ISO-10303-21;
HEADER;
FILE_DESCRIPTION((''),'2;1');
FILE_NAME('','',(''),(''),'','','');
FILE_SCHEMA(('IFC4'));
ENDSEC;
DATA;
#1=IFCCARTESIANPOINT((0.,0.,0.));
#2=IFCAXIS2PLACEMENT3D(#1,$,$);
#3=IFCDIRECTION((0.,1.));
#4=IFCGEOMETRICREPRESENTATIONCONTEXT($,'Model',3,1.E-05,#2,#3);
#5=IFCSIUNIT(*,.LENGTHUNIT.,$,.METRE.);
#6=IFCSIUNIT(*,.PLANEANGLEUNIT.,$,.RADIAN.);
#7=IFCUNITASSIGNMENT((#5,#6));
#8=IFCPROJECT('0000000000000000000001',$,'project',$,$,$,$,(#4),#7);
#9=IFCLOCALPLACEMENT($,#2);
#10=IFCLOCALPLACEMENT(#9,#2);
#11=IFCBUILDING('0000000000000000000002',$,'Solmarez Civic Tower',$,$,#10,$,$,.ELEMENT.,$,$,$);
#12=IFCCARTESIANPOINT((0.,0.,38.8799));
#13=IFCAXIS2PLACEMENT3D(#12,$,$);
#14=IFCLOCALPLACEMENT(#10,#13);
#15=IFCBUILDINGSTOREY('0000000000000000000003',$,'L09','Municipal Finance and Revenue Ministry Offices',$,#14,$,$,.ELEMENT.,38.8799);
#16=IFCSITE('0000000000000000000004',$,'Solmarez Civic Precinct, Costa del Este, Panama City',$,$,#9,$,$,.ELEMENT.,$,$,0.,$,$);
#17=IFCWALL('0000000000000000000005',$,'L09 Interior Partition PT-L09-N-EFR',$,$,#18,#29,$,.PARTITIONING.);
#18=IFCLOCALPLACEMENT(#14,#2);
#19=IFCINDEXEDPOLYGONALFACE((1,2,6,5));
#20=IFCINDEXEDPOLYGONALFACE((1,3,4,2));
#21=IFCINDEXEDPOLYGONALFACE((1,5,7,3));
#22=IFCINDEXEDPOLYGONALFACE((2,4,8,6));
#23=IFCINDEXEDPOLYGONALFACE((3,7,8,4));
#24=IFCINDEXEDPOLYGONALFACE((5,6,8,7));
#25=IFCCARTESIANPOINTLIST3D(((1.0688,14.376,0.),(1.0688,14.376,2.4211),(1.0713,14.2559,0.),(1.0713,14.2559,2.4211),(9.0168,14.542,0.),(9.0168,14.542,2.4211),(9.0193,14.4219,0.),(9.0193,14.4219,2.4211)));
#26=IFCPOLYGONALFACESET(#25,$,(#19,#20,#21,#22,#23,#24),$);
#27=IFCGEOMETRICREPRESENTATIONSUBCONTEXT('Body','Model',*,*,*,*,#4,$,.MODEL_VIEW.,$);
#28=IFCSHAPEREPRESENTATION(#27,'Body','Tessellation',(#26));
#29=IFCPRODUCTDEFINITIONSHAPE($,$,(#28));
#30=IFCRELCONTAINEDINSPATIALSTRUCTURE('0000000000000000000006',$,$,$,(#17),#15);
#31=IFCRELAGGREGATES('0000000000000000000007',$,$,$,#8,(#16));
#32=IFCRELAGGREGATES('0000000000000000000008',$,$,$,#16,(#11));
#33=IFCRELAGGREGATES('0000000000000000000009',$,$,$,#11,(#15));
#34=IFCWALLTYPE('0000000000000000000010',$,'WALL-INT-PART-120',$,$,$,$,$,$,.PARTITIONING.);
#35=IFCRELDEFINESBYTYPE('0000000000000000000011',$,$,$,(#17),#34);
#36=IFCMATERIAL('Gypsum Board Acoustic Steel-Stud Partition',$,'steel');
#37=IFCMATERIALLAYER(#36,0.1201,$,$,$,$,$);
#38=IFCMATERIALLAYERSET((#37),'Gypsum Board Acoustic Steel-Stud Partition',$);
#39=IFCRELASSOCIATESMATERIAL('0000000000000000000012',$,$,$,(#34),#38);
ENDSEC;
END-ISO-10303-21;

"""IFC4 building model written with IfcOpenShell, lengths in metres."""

from ifc_helpers import new_model, si_unit, direction, frame, frame_2d, origin, place, context, subcontext, project, spatial, rectangle, extrude, material, layer, layer_set, type_object, element, save


model = new_model("IFC4")

# Units and contexts
model_context = context("Model", 3, precision=1e-05, world=origin(), true_north=direction((0.0, 1.0)))
body_context = subcontext(model_context, "Body", "Model", "MODEL_VIEW")
ifc_project = project(units=[si_unit("LENGTHUNIT", "METRE"), si_unit("PLANEANGLEUNIT", "RADIAN")], contexts=[model_context])

# Site, building, storey
site_placement = place(None, origin())
site = spatial("IfcSite", under=ifc_project, at=site_placement, Name="Solmarez Civic Precinct, Costa del Este, Panama City", CompositionType="ELEMENT", RefElevation=0.0)
building_placement = place(site_placement, origin())
building = spatial("IfcBuilding", under=site, at=building_placement, Name="Solmarez Civic Tower", CompositionType="ELEMENT")
storey_placement = place(building_placement, frame((0.0, 0.0, 38.8799)))
storey = spatial("IfcBuildingStorey", under=building, at=storey_placement, Name="L09", Description="Municipal Finance and Revenue Ministry Offices", CompositionType="ELEMENT", Elevation=38.8799)

# Wall
ifc_material_1 = material(Name="Gypsum Board Acoustic Steel-Stud Partition", Category="steel")
ifc_layer_1 = layer(ifc_material_1, 0.1201)
ifc_layer_set_1 = layer_set([ifc_layer_1], Name="Gypsum Board Acoustic Steel-Stud Partition")
wall_type_1 = type_object("IfcWallType", Name="WALL-INT-PART-120", PredefinedType="PARTITIONING", material=ifc_layer_set_1)
wall_1_placement = place(storey_placement, frame((9.0181, 14.4819, 0.0), z_axis=(0.0, 0.0, 1.0), x_axis=(-0.999782, -0.020883, 0.0)))
element("IfcWall", 1, at=wall_1_placement, inside=storey, type_object=wall_type_1, Name="L09 Interior Partition PT-L09-N-EFR", PredefinedType="PARTITIONING", context=body_context, shape_type="SweptSolid", body=[
    extrude(rectangle(XDim=7.9497, YDim=0.1201, at=frame_2d((3.9749, 0.0))), origin(), (0.0, 0.0, 1.0), 2.4211),
])

save(model, "model.ifc")
